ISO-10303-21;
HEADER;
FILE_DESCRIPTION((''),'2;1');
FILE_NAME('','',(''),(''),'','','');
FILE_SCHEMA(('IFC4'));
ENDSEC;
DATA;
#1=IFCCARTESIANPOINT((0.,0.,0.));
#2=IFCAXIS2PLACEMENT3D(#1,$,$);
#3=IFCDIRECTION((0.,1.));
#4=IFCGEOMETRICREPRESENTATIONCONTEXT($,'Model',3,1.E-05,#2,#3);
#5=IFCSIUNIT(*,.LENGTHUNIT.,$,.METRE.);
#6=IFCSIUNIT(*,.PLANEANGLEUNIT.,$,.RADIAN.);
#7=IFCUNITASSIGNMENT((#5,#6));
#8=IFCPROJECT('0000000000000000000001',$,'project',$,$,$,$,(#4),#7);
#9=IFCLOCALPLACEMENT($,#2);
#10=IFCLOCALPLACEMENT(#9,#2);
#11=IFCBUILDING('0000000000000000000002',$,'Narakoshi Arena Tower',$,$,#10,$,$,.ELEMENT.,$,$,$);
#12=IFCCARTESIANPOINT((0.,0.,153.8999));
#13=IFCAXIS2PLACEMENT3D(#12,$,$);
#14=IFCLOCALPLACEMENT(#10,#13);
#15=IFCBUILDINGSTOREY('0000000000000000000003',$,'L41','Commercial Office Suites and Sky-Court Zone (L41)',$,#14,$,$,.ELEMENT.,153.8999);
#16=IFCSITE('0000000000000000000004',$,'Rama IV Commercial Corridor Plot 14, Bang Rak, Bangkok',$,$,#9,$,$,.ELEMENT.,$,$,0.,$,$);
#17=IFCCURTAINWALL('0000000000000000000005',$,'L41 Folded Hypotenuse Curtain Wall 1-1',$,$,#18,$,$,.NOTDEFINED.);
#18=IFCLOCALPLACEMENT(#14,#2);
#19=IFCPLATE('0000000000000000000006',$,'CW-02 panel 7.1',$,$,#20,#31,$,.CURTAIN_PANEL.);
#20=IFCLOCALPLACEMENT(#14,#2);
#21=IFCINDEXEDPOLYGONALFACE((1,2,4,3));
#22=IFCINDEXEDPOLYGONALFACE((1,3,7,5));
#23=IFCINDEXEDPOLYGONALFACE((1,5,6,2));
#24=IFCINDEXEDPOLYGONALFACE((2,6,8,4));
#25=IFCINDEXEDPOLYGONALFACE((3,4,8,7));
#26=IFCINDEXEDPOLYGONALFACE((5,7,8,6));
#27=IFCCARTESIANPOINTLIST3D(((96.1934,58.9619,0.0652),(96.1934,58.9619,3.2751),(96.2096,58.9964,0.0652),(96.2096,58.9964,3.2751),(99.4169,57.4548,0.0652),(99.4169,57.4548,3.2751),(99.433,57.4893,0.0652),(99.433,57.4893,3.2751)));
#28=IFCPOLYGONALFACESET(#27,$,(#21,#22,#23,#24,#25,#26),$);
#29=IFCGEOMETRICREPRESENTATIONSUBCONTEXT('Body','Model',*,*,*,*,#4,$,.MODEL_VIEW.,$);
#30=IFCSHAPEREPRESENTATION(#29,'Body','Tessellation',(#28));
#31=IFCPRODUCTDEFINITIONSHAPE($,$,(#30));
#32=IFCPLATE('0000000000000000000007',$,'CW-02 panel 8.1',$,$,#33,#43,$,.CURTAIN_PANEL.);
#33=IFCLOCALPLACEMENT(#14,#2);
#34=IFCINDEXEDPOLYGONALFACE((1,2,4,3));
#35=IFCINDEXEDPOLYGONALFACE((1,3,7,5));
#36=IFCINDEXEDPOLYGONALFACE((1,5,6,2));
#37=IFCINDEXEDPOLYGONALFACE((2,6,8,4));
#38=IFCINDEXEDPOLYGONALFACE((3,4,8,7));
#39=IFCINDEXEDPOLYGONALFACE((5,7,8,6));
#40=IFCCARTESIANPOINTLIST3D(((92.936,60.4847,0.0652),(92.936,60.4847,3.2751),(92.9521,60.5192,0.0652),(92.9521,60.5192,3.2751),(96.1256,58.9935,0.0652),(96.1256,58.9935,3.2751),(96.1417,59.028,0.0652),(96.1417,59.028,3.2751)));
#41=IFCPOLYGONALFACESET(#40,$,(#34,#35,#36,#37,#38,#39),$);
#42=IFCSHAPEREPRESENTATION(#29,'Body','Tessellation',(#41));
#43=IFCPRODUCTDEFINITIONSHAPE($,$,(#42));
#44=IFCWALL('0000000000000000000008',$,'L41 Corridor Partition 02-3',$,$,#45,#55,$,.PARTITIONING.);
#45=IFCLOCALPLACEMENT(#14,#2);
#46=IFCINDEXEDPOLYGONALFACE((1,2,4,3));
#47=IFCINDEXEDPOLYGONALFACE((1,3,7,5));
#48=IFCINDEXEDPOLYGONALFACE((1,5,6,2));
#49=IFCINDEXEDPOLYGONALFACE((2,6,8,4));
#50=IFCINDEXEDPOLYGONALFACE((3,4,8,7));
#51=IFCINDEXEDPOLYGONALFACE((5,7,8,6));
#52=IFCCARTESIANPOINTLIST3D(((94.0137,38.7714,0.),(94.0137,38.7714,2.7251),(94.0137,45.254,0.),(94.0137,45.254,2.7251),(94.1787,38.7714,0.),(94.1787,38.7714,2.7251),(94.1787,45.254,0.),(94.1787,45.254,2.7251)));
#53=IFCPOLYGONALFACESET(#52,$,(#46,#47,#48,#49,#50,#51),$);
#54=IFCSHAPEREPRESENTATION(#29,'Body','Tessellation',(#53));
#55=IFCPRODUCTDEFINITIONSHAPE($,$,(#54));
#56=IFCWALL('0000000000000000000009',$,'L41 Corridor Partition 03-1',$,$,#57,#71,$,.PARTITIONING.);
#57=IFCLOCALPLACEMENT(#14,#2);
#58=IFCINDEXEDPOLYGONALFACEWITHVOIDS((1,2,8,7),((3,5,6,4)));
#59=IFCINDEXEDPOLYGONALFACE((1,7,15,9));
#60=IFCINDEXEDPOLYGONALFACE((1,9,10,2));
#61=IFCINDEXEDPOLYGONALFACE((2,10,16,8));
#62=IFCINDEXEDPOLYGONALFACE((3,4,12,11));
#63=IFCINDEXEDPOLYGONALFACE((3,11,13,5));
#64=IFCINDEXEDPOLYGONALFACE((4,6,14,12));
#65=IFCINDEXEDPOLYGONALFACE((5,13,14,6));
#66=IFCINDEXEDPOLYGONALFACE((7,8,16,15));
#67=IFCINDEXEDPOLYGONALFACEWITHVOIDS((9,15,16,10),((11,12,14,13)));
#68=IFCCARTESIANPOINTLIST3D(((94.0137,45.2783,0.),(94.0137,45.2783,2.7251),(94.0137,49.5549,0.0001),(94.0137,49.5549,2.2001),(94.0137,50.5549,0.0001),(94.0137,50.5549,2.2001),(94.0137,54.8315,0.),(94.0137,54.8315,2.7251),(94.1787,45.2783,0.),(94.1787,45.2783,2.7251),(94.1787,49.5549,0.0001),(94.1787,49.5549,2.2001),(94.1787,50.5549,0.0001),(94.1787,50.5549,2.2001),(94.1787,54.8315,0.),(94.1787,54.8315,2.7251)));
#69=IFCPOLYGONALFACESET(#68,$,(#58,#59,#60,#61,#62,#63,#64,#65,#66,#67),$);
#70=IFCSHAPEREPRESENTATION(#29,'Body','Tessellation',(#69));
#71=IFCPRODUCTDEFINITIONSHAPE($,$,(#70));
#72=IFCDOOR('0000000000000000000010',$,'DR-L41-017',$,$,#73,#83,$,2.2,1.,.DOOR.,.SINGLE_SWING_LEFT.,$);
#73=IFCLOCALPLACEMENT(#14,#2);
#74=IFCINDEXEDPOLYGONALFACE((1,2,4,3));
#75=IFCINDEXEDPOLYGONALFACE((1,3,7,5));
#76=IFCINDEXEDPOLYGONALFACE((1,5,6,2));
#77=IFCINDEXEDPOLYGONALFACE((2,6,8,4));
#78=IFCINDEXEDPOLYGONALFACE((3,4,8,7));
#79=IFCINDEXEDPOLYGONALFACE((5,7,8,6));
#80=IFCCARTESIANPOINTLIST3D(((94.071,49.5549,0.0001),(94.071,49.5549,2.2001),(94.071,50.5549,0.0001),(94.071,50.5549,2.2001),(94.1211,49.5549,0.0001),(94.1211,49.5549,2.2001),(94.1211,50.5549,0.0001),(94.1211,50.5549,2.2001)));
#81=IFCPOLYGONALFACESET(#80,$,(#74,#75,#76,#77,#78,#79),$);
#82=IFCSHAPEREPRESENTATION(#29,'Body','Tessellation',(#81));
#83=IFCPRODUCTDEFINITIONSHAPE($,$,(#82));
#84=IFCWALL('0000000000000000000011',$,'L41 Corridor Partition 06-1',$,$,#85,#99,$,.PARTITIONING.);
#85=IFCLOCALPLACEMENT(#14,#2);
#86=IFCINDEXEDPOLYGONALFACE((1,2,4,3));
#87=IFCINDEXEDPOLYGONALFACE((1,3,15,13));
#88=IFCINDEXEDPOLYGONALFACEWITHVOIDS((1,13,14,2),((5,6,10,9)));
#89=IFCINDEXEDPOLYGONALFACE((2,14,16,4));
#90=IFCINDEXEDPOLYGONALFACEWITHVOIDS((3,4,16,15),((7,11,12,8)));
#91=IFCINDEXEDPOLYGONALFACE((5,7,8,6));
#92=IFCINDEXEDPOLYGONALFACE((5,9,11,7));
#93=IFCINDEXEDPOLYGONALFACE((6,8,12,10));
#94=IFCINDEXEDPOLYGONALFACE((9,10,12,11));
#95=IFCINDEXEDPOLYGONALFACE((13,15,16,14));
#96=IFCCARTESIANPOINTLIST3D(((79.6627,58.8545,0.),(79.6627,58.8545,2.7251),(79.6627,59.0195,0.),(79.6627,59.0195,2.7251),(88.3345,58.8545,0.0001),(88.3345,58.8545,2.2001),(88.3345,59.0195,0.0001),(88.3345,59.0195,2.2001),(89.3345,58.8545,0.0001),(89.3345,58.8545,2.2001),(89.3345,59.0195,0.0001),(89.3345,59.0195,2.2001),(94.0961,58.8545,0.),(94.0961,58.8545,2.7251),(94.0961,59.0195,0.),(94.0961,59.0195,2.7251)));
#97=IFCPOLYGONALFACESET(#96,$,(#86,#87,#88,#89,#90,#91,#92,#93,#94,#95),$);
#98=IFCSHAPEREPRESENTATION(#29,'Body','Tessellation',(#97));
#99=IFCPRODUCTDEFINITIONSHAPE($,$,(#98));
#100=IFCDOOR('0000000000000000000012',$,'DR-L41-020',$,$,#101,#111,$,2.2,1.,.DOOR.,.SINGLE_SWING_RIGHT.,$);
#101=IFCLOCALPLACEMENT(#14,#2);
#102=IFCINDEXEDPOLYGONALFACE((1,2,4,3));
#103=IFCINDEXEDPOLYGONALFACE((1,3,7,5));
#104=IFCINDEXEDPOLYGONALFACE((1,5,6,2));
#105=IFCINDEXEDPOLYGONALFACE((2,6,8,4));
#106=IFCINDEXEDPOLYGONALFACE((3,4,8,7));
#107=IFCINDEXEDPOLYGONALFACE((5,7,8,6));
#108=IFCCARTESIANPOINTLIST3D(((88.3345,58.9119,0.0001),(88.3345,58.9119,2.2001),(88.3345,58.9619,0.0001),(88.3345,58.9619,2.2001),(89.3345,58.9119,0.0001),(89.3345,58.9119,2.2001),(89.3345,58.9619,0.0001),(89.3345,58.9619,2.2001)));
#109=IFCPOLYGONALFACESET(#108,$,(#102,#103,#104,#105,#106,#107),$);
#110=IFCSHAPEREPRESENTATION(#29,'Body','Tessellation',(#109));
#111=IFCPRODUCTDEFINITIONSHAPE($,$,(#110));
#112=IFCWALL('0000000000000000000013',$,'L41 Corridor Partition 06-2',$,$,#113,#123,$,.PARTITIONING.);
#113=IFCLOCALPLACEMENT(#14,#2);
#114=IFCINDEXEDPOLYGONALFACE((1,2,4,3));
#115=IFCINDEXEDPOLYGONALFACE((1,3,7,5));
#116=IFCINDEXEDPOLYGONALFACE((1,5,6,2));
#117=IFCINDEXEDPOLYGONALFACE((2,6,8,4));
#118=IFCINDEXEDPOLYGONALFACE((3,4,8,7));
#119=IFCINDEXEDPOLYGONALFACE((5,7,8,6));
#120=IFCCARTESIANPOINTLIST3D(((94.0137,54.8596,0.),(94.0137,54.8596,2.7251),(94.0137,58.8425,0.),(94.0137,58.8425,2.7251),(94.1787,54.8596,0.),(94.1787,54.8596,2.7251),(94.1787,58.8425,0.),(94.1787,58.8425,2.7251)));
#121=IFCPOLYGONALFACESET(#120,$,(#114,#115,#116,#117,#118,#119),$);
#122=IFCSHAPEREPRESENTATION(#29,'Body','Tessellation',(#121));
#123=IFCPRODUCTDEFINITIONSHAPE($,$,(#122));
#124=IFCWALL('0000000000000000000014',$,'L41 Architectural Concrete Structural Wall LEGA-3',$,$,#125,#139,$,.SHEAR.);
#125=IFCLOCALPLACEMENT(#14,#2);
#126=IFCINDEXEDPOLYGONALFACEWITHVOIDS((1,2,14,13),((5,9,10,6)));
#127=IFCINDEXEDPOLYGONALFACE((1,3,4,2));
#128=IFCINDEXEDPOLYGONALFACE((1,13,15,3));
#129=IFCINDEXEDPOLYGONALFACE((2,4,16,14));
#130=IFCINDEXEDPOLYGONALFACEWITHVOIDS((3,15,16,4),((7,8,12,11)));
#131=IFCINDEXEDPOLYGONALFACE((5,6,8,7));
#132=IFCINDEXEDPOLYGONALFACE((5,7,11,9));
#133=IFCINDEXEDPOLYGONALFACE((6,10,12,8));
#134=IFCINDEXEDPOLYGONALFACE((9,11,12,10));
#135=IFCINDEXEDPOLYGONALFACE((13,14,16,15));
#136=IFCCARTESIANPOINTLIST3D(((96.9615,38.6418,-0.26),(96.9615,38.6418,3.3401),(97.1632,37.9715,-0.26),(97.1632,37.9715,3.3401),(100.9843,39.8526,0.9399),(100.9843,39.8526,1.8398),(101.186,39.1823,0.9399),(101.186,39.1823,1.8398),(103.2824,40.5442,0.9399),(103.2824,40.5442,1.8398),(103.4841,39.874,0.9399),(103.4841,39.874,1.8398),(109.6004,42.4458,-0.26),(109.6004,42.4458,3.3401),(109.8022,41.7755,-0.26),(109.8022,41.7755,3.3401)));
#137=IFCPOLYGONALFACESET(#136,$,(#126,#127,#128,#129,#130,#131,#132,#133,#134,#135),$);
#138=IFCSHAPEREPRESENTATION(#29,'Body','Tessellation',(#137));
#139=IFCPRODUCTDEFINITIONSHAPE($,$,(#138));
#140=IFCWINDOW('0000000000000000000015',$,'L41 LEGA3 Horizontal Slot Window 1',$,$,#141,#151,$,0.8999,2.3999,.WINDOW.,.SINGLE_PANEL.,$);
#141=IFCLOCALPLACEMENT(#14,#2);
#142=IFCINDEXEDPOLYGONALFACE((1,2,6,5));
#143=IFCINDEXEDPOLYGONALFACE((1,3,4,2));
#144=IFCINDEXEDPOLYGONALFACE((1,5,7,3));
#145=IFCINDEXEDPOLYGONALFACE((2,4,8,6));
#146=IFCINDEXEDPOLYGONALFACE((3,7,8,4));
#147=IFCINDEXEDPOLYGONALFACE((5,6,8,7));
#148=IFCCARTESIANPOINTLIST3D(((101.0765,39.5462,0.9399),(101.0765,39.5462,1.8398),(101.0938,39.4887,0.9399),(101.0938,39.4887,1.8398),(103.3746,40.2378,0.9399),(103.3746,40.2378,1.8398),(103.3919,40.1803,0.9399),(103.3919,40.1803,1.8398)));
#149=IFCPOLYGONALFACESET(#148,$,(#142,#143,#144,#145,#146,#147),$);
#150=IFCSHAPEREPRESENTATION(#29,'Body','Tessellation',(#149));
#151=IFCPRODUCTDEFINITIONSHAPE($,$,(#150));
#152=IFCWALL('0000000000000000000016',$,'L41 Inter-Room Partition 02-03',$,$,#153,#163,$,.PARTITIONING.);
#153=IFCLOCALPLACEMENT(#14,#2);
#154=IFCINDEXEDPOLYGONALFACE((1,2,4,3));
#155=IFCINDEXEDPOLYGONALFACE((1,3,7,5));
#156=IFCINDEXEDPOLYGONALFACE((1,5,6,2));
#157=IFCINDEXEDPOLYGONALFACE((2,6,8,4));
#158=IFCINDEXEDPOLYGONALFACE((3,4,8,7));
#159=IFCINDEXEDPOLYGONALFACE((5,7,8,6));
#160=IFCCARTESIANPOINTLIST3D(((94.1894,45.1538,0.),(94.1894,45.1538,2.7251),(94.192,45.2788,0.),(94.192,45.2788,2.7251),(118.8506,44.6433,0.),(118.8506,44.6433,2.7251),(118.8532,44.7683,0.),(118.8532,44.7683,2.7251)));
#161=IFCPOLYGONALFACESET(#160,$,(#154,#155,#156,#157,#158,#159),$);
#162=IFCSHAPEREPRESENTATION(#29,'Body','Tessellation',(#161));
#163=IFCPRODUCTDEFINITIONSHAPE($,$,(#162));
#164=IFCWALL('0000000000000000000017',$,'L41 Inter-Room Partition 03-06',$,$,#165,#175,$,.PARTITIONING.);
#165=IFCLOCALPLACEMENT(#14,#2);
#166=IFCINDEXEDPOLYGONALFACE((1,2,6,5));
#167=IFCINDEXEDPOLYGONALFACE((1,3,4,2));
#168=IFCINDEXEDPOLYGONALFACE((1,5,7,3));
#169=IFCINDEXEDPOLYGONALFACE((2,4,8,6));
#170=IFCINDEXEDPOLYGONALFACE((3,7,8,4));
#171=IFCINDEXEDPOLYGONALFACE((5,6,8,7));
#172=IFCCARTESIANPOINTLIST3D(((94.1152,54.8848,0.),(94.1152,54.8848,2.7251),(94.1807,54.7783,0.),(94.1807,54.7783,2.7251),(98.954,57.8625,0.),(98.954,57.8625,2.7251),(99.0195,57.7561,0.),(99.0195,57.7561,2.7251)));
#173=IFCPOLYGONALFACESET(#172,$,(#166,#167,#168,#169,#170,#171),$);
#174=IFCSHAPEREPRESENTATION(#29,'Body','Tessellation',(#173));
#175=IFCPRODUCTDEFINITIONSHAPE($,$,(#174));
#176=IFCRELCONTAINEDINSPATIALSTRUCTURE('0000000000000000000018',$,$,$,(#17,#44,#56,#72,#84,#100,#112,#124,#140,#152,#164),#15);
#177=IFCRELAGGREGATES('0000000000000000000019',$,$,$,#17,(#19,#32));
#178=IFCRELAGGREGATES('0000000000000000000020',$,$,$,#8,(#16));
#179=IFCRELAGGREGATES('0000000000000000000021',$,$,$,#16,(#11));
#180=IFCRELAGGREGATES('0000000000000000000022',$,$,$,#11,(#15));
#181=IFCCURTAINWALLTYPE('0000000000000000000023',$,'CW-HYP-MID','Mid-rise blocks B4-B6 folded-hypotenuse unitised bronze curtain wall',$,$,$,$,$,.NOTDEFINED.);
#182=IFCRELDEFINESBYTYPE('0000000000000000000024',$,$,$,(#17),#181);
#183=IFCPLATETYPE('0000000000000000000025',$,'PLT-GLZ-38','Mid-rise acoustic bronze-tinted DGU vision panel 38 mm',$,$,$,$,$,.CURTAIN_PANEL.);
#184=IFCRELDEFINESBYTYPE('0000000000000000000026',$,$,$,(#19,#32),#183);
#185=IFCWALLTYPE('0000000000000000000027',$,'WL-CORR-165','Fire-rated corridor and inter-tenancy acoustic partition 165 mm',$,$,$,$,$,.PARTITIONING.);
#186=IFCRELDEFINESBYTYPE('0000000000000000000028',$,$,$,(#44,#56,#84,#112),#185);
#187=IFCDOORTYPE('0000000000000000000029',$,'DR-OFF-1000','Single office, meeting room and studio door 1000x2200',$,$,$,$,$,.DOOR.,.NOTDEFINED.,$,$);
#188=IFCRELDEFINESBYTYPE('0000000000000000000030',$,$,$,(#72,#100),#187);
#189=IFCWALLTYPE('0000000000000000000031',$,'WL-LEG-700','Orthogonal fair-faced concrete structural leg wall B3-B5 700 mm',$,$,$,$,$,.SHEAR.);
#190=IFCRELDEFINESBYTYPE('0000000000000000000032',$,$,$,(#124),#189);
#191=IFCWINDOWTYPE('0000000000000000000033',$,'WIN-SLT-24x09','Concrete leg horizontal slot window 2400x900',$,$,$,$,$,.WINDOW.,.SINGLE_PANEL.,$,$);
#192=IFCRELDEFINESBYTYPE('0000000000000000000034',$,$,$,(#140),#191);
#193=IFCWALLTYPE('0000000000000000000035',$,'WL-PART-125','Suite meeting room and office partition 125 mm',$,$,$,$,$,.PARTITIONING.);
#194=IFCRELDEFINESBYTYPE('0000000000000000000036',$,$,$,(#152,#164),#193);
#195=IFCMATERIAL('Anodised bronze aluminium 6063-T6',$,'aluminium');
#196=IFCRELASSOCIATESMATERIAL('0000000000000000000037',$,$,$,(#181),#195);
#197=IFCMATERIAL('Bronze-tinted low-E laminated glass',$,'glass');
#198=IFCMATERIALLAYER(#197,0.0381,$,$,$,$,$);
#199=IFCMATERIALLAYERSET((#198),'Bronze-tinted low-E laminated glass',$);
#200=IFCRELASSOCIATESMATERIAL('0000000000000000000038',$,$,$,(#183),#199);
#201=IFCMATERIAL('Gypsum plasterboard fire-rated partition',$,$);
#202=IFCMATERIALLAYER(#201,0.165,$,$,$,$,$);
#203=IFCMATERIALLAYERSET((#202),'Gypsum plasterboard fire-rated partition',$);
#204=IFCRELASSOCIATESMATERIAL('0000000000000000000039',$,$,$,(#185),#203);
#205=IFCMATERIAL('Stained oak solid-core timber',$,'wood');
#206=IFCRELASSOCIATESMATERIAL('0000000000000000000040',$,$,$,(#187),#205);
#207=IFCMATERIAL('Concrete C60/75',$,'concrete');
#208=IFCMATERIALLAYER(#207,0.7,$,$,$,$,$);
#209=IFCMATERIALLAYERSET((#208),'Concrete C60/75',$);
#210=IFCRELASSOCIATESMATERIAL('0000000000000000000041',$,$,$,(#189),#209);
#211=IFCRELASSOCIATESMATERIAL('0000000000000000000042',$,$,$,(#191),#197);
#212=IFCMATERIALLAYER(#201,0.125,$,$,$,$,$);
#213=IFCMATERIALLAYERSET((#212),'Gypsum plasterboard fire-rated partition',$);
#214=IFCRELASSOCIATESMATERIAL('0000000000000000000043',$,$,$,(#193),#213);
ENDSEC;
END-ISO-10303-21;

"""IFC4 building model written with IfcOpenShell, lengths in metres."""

from ifc_helpers import new_model, si_unit, direction, frame, frame_2d, origin, origin_2d, place, context, subcontext, project, spatial, rectangle, extrude, material, layer, layer_set, type_object, element, fill, aggregate, save


model = new_model("IFC4")

# Units and contexts
model_context = context("Model", 3, precision=1e-05, world=origin(), true_north=direction((0.0, 1.0)))
body_context = subcontext(model_context, "Body", "Model", "MODEL_VIEW")
ifc_project = project(units=[si_unit("LENGTHUNIT", "METRE"), si_unit("PLANEANGLEUNIT", "RADIAN")], contexts=[model_context])

# Site, building, storey
site_placement = place(None, origin())
site = spatial("IfcSite", under=ifc_project, at=site_placement, Name="Rama IV Commercial Corridor Plot 14, Bang Rak, Bangkok", CompositionType="ELEMENT", RefElevation=0.0)
building_placement = place(site_placement, origin())
building = spatial("IfcBuilding", under=site, at=building_placement, Name="Narakoshi Arena Tower", CompositionType="ELEMENT")
storey_placement = place(building_placement, frame((0.0, 0.0, 153.8999)))
storey = spatial("IfcBuildingStorey", under=building, at=storey_placement, Name="L41", Description="Commercial Office Suites and Sky-Court Zone (L41)", CompositionType="ELEMENT", Elevation=153.8999)

# Shared definitions
ifc_material_1 = material(Name="Concrete C60/75", Category="concrete")

# Curtain wall, plates
ifc_material_2 = material(Name="Anodised bronze aluminium 6063-T6", Category="aluminium")
curtain_wall_type = type_object("IfcCurtainWallType", Name="CW-HYP-MID", Description="Mid-rise blocks B4-B6 folded-hypotenuse unitised bronze curtain wall", PredefinedType="NOTDEFINED", material=ifc_material_2)
curtain_wall_placement = place(storey_placement, origin())
curtain_wall = element("IfcCurtainWall", 1, at=curtain_wall_placement, inside=storey, type_object=curtain_wall_type, Name="L41 Folded Hypotenuse Curtain Wall 1-1", PredefinedType="NOTDEFINED")
ifc_material_3 = material(Name="Bronze-tinted low-E laminated glass", Category="glass")
ifc_layer_1 = layer(ifc_material_3, 0.0381)
ifc_layer_set_1 = layer_set([ifc_layer_1], Name="Bronze-tinted low-E laminated glass")
plate_type = type_object("IfcPlateType", Name="PLT-GLZ-38", Description="Mid-rise acoustic bronze-tinted DGU vision panel 38 mm", PredefinedType="CURTAIN_PANEL", material=ifc_layer_set_1)
plate_1_placement = place(storey_placement, frame((97.8132, 58.2256, 0.0652), z_axis=(0.0, 0.0, 1.0), x_axis=(-0.905881, 0.423532, 0.0)))
plate_1 = element("IfcPlate", 2, at=plate_1_placement, type_object=plate_type, Name="CW-02 panel 7.1", PredefinedType="CURTAIN_PANEL", context=body_context, shape_type="SweptSolid", body=[
    extrude(rectangle(XDim=3.5583, YDim=0.0381, at=origin_2d()), origin(), (0.0, 0.0, 1.0), 3.21),
])
plate_2_placement = place(storey_placement, frame((94.5388, 59.7563, 0.0652), z_axis=(0.0, 0.0, 1.0), x_axis=(-0.905881, 0.423532, 0.0)))
plate_2 = element("IfcPlate", 3, at=plate_2_placement, type_object=plate_type, Name="CW-02 panel 8.1", PredefinedType="CURTAIN_PANEL", context=body_context, shape_type="SweptSolid", body=[
    extrude(rectangle(XDim=3.521, YDim=0.0381, at=origin_2d()), origin(), (0.0, 0.0, 1.0), 3.21),
])
aggregate(curtain_wall, [plate_1, plate_2])

# Wall
ifc_material_4 = material(Name="Gypsum plasterboard fire-rated partition")
ifc_layer_2 = layer(ifc_material_4, 0.165)
ifc_layer_set_2 = layer_set([ifc_layer_2], Name="Gypsum plasterboard fire-rated partition")
wall_type_1 = type_object("IfcWallType", Name="WL-CORR-165", Description="Fire-rated corridor and inter-tenancy acoustic partition 165 mm", PredefinedType="PARTITIONING", material=ifc_layer_set_2)
wall_1_placement = place(storey_placement, frame((94.0962, 38.7715, 0.0), z_axis=(0.0, 0.0, 1.0), x_axis=(0.0, 1.0, 0.0)))
element("IfcWall", 4, at=wall_1_placement, inside=storey, type_object=wall_type_1, Name="L41 Corridor Partition 02-3", PredefinedType="PARTITIONING", context=body_context, shape_type="SweptSolid", body=[
    extrude(rectangle(XDim=6.4827, YDim=0.165, at=frame_2d((3.2412, 0.0))), origin(), (0.0, 0.0, 1.0), 2.7251),
])

# Walls, openings, doors
wall_2_placement = place(storey_placement, frame((94.0962, 45.2783, 0.0), z_axis=(0.0, 0.0, 1.0), x_axis=(0.0, 1.0, 0.0)))
wall_2 = element("IfcWall", 5, at=wall_2_placement, inside=storey, type_object=wall_type_1, Name="L41 Corridor Partition 03-1", PredefinedType="PARTITIONING", context=body_context, shape_type="SweptSolid", body=[
    extrude(rectangle(XDim=9.5532, YDim=0.165, at=frame_2d((4.7766, 0.0))), origin(), (0.0, 0.0, 1.0), 2.7251),
])
opening_1_placement = place(wall_2_placement, frame((4.2766, 0.0, 0.0)))
opening_1 = element("IfcOpeningElement", 6, at=opening_1_placement, cuts=wall_2, PredefinedType="OPENING", context=body_context, shape_type="SweptSolid", body=[
    extrude(rectangle(XDim=1.0, YDim=2.2, at=frame_2d((0.5, 1.1001))), frame((0.0, 0.0925, 0.0), z_axis=(0.0, -1.0, 0.0), x_axis=(1.0, 0.0, 0.0)), (0.0, 0.0, 1.0), 0.1851),
])
ifc_material_5 = material(Name="Stained oak solid-core timber", Category="wood")
door_type = type_object("IfcDoorType", Name="DR-OFF-1000", Description="Single office, meeting room and studio door 1000x2200", OperationType="NOTDEFINED", PredefinedType="DOOR", material=ifc_material_5)
door_1_placement = place(opening_1_placement, frame((1.0, 0.0, 0.0), z_axis=(0.0, 0.0, 1.0), x_axis=(-1.0, 0.0, 0.0)))
door_1 = element("IfcDoor", 7, at=door_1_placement, inside=storey, type_object=door_type, Name="DR-L41-017", OperationType="SINGLE_SWING_LEFT", OverallHeight=2.2, OverallWidth=1.0, PredefinedType="DOOR", context=body_context, shape_type="SweptSolid", body=[
    extrude(rectangle(XDim=1.0, YDim=2.2, at=frame_2d((0.5, 1.1001))), frame((0.0, 0.0249, 0.0), z_axis=(0.0, -1.0, 0.0), x_axis=(1.0, 0.0, 0.0)), (0.0, 0.0, 1.0), 0.05),
])
fill(opening_1, door_1)
wall_3_placement = place(storey_placement, frame((94.0962, 58.937, 0.0), z_axis=(0.0, 0.0, 1.0), x_axis=(-1.0, 0.0, 0.0)))
wall_3 = element("IfcWall", 8, at=wall_3_placement, inside=storey, type_object=wall_type_1, Name="L41 Corridor Partition 06-1", PredefinedType="PARTITIONING", context=body_context, shape_type="SweptSolid", body=[
    extrude(rectangle(XDim=14.4333, YDim=0.165, at=frame_2d((7.2168, 0.0))), origin(), (0.0, 0.0, 1.0), 2.7251),
])
opening_2_placement = place(wall_3_placement, frame((4.7617, 0.0, 0.0)))
opening_2 = element("IfcOpeningElement", 9, at=opening_2_placement, cuts=wall_3, PredefinedType="OPENING", context=body_context, shape_type="SweptSolid", body=[
    extrude(rectangle(XDim=1.0, YDim=2.2, at=frame_2d((0.5, 1.1001))), frame((0.0, 0.0925, 0.0), z_axis=(0.0, -1.0, 0.0), x_axis=(1.0, 0.0, 0.0)), (0.0, 0.0, 1.0), 0.1851),
])
door_2_placement = place(opening_2_placement, frame((1.0, 0.0, 0.0), z_axis=(0.0, 0.0, 1.0), x_axis=(-1.0, 0.0, 0.0)))
door_2 = element("IfcDoor", 10, at=door_2_placement, inside=storey, type_object=door_type, Name="DR-L41-020", OperationType="SINGLE_SWING_RIGHT", OverallHeight=2.2, OverallWidth=1.0, PredefinedType="DOOR", context=body_context, shape_type="SweptSolid", body=[
    extrude(rectangle(XDim=1.0, YDim=2.2, at=frame_2d((0.5, 1.1001))), frame((0.0, 0.0249, 0.0), z_axis=(0.0, -1.0, 0.0), x_axis=(1.0, 0.0, 0.0)), (0.0, 0.0, 1.0), 0.05),
])
fill(opening_2, door_2)

# Wall
wall_4_placement = place(storey_placement, frame((94.0962, 54.8596, 0.0), z_axis=(0.0, 0.0, 1.0), x_axis=(0.0, 1.0, 0.0)))
element("IfcWall", 11, at=wall_4_placement, inside=storey, type_object=wall_type_1, Name="L41 Corridor Partition 06-2", PredefinedType="PARTITIONING", context=body_context, shape_type="SweptSolid", body=[
    extrude(rectangle(XDim=3.9829, YDim=0.165, at=frame_2d((1.9915, 0.0))), origin(), (0.0, 0.0, 1.0), 2.7251),
])

# Wall, opening, window
ifc_layer_3 = layer(ifc_material_1, 0.7)
ifc_layer_set_3 = layer_set([ifc_layer_3], Name="Concrete C60/75")
wall_type_2 = type_object("IfcWallType", Name="WL-LEG-700", Description="Orthogonal fair-faced concrete structural leg wall B3-B5 700 mm", PredefinedType="SHEAR", material=ifc_layer_set_3)
wall_5_placement = place(storey_placement, frame((97.0623, 38.3066, -0.26), z_axis=(0.0, 0.0, 1.0), x_axis=(0.95757, 0.288201, 0.0)))
wall_5 = element("IfcWall", 12, at=wall_5_placement, inside=storey, type_object=wall_type_2, Name="L41 Architectural Concrete Structural Wall LEGA-3", PredefinedType="SHEAR", context=body_context, shape_type="SweptSolid", body=[
    extrude(rectangle(XDim=13.199, YDim=0.7, at=frame_2d((6.5996, 0.0))), origin(), (0.0, 0.0, 1.0), 3.6001),
])
opening_3_placement = place(wall_5_placement, frame((4.2012, 0.0, 1.2)))
opening_3 = element("IfcOpeningElement", 13, at=opening_3_placement, cuts=wall_5, PredefinedType="OPENING", context=body_context, shape_type="SweptSolid", body=[
    extrude(rectangle(XDim=2.3999, YDim=0.8999, at=frame_2d((1.2, 0.45))), frame((0.0, 0.3599, 0.0), z_axis=(0.0, -1.0, 0.0), x_axis=(1.0, 0.0, 0.0)), (0.0, 0.0, 1.0), 0.72),
])
window_type = type_object("IfcWindowType", Name="WIN-SLT-24x09", Description="Concrete leg horizontal slot window 2400x900", PartitioningType="SINGLE_PANEL", PredefinedType="WINDOW", material=ifc_material_3)
window_placement = place(opening_3_placement, origin())
window = element("IfcWindow", 14, at=window_placement, inside=storey, type_object=window_type, Name="L41 LEGA3 Horizontal Slot Window 1", OverallHeight=0.8999, OverallWidth=2.3999, PartitioningType="SINGLE_PANEL", PredefinedType="WINDOW", context=body_context, shape_type="SweptSolid", body=[
    extrude(rectangle(XDim=2.3999, YDim=0.8999, at=frame_2d((1.2, 0.45))), frame((0.0, 0.03, 0.0), z_axis=(0.0, -1.0, 0.0), x_axis=(1.0, 0.0, 0.0)), (0.0, 0.0, 1.0), 0.0601),
])
fill(opening_3, window)

# Walls
ifc_layer_4 = layer(ifc_material_4, 0.125)
ifc_layer_set_4 = layer_set([ifc_layer_4], Name="Gypsum plasterboard fire-rated partition")
wall_type_3 = type_object("IfcWallType", Name="WL-PART-125", Description="Suite meeting room and office partition 125 mm", PredefinedType="PARTITIONING", material=ifc_layer_set_4)
wall_6_placement = place(storey_placement, frame((94.1907, 45.2163, 0.0), z_axis=(0.0, 0.0, 1.0), x_axis=(0.999786, -0.020696, 0.0)))
element("IfcWall", 15, at=wall_6_placement, inside=storey, type_object=wall_type_3, Name="L41 Inter-Room Partition 02-03", PredefinedType="PARTITIONING", context=body_context, shape_type="SweptSolid", body=[
    extrude(rectangle(XDim=24.6665, YDim=0.125, at=frame_2d((12.3333, 0.0))), origin(), (0.0, 0.0, 1.0), 2.7251),
])
wall_7_placement = place(storey_placement, frame((94.1479, 54.8315, 0.0), z_axis=(0.0, 0.0, 1.0), x_axis=(0.851657, 0.5241, 0.0)))
element("IfcWall", 16, at=wall_7_placement, inside=storey, type_object=wall_type_3, Name="L41 Inter-Room Partition 03-06", PredefinedType="PARTITIONING", context=body_context, shape_type="SweptSolid", body=[
    extrude(rectangle(XDim=5.6816, YDim=0.125, at=frame_2d((2.8408, 0.0))), origin(), (0.0, 0.0, 1.0), 2.7251),
])

save(model, "model.ifc")
